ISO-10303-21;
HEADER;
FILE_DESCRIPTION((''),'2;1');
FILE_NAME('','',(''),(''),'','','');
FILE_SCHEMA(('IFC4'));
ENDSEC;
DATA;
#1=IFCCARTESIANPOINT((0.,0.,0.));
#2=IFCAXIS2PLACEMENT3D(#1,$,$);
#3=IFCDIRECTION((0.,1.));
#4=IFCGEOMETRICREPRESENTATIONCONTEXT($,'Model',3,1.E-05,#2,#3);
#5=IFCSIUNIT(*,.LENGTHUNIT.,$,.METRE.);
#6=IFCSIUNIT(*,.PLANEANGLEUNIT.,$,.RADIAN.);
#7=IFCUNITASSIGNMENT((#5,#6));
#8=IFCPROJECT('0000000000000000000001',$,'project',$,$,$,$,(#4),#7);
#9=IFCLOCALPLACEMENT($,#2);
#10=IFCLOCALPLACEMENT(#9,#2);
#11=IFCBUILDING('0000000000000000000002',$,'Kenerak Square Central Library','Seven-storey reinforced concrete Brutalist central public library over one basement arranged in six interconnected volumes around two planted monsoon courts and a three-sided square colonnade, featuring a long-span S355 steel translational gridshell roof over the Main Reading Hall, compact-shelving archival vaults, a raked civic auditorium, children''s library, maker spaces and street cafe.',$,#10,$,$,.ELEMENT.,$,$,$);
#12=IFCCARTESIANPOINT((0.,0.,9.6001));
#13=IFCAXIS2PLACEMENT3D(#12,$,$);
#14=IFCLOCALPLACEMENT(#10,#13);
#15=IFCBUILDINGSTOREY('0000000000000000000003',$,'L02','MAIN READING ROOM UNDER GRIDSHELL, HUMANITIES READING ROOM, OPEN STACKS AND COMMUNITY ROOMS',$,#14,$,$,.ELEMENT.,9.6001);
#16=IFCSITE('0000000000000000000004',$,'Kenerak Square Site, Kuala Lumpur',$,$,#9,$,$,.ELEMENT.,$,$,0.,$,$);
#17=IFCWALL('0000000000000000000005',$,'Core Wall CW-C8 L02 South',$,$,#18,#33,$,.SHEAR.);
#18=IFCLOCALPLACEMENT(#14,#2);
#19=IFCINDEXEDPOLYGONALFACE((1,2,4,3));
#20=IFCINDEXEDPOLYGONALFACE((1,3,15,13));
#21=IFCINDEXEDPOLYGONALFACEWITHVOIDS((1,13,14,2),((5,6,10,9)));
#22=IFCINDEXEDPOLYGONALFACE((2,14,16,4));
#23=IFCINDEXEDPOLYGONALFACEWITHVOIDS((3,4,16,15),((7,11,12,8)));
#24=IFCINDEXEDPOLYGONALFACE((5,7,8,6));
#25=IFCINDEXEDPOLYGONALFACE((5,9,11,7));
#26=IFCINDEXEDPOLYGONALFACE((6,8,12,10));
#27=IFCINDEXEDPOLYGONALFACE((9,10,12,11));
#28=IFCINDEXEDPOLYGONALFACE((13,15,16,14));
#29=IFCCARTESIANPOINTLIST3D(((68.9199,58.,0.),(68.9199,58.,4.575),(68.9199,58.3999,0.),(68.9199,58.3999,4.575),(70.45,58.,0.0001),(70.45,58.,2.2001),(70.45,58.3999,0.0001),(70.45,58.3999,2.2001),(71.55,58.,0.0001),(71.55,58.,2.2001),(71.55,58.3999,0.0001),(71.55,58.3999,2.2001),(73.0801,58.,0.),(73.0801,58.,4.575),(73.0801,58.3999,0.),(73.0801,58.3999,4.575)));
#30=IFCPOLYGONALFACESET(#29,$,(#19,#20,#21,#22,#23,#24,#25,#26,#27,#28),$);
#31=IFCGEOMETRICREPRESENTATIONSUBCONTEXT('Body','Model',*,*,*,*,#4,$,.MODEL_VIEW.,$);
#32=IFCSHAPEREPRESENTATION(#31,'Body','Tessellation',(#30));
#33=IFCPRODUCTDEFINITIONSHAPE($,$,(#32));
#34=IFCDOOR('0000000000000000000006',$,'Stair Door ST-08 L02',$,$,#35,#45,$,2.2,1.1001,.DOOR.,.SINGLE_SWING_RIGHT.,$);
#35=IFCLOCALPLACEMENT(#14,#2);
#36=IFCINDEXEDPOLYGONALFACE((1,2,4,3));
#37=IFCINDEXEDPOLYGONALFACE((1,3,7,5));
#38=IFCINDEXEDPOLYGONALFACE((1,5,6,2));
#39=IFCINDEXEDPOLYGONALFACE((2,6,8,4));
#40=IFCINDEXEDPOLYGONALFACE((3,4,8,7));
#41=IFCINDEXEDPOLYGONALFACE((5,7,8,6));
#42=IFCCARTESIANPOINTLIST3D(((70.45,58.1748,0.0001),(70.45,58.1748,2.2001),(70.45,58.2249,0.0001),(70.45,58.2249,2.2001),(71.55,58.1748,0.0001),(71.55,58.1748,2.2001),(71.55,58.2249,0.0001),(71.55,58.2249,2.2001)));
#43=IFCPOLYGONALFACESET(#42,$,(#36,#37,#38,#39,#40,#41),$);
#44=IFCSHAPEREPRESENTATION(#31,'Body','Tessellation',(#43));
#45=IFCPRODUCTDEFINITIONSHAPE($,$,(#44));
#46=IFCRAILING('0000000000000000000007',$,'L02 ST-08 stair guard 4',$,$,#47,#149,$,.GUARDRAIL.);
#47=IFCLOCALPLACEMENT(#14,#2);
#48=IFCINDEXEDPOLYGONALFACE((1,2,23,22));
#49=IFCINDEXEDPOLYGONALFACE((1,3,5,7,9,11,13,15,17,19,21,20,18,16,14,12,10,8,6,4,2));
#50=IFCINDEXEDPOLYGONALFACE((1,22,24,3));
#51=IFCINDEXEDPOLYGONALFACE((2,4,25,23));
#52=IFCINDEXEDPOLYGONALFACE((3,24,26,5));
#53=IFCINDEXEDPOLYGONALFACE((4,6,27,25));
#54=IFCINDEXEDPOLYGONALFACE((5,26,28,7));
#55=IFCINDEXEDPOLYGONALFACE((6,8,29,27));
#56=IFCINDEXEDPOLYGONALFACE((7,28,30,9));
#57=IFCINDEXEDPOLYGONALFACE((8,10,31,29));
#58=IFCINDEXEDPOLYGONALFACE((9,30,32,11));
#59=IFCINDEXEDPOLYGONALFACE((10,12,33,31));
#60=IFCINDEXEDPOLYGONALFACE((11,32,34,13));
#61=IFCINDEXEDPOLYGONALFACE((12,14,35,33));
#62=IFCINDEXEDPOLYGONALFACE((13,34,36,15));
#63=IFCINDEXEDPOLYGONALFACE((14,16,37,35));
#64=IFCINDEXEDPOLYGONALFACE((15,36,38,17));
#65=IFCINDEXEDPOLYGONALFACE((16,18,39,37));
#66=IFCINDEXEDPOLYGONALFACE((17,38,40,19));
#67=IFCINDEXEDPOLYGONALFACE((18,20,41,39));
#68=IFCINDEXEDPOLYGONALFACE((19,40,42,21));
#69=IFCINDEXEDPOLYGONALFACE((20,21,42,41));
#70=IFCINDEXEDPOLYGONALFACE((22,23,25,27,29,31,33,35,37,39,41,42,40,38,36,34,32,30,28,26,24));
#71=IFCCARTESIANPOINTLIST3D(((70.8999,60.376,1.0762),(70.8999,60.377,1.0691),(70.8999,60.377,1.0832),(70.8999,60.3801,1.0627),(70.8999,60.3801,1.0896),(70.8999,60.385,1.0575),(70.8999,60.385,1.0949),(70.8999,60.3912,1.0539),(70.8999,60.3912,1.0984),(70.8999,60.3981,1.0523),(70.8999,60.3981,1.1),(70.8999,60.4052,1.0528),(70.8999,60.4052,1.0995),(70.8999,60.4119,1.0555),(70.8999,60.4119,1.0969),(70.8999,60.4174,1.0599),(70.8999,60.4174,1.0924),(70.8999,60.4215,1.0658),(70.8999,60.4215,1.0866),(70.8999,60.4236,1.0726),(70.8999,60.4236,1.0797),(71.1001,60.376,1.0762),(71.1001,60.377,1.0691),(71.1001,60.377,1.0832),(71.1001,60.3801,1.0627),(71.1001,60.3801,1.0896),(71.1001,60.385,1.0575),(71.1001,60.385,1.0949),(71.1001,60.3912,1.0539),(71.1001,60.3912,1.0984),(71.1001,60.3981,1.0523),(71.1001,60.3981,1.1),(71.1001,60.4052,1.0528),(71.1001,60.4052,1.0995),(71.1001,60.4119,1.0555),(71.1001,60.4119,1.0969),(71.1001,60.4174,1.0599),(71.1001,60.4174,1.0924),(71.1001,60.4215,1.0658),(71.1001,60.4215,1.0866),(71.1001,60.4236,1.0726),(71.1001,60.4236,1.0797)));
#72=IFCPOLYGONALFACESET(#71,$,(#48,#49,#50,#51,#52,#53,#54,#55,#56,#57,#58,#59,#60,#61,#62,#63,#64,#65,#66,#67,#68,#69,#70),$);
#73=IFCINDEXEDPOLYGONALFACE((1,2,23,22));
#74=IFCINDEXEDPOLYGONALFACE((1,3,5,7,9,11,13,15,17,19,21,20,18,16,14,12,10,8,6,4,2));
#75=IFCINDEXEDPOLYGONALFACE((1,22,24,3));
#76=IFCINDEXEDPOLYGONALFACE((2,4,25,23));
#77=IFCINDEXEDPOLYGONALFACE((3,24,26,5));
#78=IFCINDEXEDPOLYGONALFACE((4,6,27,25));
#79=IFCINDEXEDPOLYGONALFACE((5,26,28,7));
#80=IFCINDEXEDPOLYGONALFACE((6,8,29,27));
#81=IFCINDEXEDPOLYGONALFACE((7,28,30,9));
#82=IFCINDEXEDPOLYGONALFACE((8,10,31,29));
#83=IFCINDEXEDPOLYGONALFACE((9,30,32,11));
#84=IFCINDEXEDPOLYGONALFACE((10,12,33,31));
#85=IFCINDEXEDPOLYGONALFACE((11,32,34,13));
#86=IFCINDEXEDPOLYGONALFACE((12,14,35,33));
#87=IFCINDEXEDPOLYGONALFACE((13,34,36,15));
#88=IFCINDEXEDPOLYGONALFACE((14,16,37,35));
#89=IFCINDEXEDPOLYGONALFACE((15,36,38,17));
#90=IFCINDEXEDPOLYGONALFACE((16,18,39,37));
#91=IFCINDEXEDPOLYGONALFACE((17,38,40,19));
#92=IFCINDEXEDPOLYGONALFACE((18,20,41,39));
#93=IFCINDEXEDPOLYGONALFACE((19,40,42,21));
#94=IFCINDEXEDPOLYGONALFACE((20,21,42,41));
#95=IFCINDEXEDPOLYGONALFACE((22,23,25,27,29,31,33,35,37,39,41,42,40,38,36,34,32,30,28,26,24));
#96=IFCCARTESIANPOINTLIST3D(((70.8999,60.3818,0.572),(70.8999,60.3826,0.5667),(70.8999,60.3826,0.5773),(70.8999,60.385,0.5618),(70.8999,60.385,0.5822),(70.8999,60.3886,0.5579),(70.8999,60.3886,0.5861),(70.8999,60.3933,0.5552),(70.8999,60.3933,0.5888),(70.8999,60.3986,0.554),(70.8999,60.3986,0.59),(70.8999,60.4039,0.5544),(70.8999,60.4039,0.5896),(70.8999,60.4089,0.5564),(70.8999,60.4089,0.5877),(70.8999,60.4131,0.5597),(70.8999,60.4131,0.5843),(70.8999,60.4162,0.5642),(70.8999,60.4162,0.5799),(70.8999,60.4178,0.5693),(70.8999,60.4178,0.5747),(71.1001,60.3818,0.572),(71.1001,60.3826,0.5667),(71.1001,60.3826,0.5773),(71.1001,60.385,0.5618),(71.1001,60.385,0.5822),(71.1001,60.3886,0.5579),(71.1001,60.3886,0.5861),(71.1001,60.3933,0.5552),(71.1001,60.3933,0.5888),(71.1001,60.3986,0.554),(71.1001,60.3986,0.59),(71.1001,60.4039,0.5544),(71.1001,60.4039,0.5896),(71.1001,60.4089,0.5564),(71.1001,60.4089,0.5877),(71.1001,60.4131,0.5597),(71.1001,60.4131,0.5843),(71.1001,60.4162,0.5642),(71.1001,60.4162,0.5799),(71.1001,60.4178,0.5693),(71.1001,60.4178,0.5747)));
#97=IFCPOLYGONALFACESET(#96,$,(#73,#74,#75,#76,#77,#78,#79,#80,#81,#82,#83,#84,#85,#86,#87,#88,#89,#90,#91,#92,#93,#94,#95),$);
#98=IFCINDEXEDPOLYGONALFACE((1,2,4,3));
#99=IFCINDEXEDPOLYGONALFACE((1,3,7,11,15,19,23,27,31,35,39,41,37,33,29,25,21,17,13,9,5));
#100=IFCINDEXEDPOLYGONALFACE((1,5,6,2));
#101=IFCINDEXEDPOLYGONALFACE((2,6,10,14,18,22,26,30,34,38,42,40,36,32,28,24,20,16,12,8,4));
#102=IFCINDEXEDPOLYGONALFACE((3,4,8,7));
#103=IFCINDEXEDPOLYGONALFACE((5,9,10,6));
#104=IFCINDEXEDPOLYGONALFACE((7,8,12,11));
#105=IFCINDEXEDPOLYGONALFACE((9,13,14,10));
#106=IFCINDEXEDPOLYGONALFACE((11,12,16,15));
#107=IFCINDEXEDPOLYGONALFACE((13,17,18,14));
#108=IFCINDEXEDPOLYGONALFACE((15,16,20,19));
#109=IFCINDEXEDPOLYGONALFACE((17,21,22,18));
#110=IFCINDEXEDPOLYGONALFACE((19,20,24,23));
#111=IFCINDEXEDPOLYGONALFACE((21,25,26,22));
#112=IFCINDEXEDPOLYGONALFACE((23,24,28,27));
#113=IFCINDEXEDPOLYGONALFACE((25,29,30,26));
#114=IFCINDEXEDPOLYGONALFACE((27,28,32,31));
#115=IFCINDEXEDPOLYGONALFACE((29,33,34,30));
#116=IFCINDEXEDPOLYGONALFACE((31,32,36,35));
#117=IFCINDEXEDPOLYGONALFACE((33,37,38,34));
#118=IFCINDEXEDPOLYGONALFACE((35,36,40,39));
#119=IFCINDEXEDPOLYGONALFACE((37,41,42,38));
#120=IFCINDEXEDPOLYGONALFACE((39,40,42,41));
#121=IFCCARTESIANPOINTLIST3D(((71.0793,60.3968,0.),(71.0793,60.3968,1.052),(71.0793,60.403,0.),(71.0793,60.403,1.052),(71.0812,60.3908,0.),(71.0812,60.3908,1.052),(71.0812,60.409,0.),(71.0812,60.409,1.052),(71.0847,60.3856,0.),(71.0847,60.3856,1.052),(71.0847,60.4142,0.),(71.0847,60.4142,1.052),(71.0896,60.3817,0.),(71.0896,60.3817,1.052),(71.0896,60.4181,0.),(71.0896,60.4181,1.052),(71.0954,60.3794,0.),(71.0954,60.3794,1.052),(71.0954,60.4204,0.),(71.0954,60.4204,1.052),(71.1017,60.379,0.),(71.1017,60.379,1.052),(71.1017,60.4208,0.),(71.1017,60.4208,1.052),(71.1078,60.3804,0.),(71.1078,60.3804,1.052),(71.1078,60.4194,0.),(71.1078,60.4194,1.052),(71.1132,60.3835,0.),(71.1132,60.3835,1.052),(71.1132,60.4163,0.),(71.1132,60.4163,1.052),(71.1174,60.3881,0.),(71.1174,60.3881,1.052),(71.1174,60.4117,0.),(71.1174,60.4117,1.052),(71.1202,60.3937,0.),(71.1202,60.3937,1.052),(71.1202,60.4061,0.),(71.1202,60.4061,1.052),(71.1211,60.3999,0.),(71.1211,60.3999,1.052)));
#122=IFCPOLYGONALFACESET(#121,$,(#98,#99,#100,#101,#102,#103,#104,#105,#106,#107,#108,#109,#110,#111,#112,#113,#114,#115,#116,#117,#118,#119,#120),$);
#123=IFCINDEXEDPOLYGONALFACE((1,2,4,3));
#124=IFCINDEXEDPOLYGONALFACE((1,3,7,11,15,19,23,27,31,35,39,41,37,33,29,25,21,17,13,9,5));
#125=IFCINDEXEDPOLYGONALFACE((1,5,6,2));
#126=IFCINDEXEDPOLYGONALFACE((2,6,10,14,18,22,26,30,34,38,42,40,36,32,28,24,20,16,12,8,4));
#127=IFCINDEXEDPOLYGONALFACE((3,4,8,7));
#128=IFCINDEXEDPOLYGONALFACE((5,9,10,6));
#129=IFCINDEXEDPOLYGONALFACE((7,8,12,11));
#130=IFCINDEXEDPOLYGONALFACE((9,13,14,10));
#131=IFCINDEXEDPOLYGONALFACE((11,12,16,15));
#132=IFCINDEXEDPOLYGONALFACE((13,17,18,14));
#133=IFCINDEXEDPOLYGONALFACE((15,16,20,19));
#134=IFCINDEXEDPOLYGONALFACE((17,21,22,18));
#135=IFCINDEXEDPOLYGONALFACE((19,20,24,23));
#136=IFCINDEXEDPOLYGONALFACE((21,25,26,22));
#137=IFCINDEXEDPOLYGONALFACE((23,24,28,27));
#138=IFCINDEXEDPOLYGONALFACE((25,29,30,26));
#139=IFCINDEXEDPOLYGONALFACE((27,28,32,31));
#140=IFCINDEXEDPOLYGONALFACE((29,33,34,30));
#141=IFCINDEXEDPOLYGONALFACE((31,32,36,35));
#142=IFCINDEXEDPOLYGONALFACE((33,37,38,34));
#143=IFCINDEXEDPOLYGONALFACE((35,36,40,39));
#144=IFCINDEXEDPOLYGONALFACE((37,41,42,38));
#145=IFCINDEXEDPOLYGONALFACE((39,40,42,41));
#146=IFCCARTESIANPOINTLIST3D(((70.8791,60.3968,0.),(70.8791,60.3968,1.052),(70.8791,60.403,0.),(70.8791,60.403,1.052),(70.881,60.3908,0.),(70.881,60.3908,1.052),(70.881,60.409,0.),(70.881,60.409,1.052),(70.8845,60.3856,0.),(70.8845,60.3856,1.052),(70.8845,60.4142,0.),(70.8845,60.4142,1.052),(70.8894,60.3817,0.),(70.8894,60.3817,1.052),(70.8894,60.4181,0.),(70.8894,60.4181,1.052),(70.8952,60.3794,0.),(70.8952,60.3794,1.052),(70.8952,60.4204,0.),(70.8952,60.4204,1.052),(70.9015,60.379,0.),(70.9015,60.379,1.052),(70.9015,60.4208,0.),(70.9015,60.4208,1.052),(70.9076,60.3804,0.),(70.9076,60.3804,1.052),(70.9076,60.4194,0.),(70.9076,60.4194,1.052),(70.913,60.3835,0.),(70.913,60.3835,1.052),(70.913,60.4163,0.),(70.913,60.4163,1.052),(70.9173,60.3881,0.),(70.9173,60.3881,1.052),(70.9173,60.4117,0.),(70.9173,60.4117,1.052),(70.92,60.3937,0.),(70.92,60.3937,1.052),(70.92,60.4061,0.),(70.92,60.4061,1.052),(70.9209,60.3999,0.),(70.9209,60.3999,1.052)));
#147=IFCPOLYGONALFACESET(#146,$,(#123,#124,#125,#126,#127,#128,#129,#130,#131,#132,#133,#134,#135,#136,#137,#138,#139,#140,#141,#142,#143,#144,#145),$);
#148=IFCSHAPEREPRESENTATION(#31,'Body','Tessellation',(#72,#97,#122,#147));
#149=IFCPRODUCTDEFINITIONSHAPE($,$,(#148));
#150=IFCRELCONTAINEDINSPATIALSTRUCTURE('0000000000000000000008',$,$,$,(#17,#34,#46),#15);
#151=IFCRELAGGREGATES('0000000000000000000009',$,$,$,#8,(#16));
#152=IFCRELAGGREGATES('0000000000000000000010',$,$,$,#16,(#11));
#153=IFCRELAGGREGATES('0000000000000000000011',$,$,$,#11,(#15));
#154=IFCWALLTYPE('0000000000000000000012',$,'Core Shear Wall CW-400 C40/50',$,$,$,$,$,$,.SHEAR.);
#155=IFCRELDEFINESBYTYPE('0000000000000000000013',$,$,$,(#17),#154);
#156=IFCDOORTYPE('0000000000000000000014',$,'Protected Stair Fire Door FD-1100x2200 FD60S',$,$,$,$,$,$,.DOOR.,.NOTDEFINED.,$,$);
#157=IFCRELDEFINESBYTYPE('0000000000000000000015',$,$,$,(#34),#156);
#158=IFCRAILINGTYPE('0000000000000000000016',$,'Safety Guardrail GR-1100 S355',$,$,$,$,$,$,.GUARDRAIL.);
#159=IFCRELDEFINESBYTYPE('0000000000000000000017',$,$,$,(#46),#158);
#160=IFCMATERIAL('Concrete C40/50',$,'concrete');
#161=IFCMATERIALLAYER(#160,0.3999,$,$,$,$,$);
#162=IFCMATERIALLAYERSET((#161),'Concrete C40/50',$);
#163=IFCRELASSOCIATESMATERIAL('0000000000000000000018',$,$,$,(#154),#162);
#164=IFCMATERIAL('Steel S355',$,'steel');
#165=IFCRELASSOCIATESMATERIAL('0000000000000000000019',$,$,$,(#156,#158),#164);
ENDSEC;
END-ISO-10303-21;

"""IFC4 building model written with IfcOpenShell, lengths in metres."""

from ifc_helpers import new_model, si_unit, direction, frame, frame_2d, origin, origin_2d, place, context, subcontext, project, spatial, rectangle, circle, extrude, material, layer, layer_set, type_object, element, fill, save


model = new_model("IFC4")

# Units and contexts
model_context = context("Model", 3, precision=1e-05, world=origin(), true_north=direction((0.0, 1.0)))
body_context = subcontext(model_context, "Body", "Model", "MODEL_VIEW")
ifc_project = project(units=[si_unit("LENGTHUNIT", "METRE"), si_unit("PLANEANGLEUNIT", "RADIAN")], contexts=[model_context])

# Site, building, storey
site_placement = place(None, origin())
site = spatial("IfcSite", under=ifc_project, at=site_placement, Name="Kenerak Square Site, Kuala Lumpur", CompositionType="ELEMENT", RefElevation=0.0)
building_placement = place(site_placement, origin())
building = spatial("IfcBuilding", under=site, at=building_placement, Name="Kenerak Square Central Library", Description="Seven-storey reinforced concrete Brutalist central public library over one basement arranged in six interconnected volumes around two planted monsoon courts and a three-sided square colonnade, featuring a long-span S355 steel translational gridshell roof over the Main Reading Hall, compact-shelving archival vaults, a raked civic auditorium, children's library, maker spaces and street cafe.", CompositionType="ELEMENT")
storey_placement = place(building_placement, frame((0.0, 0.0, 9.6001)))
storey = spatial("IfcBuildingStorey", under=building, at=storey_placement, Name="L02", Description="MAIN READING ROOM UNDER GRIDSHELL, HUMANITIES READING ROOM, OPEN STACKS AND COMMUNITY ROOMS", CompositionType="ELEMENT", Elevation=9.6001)

# Shared definitions
ifc_material_1 = material(Name="Concrete C40/50", Category="concrete")

# Shared definitions
ifc_layer = layer(ifc_material_1, 0.3999)
ifc_layer_set = layer_set([ifc_layer], Name="Concrete C40/50")
wall_type = type_object("IfcWallType", Name="Core Shear Wall CW-400 C40/50", PredefinedType="SHEAR", material=ifc_layer_set)

# Wall, opening, door
wall_1_placement = place(storey_placement, frame((73.0801, 58.2, 0.0), z_axis=(0.0, 0.0, 1.0), x_axis=(-1.0, 0.0, 0.0)))
wall_1 = element("IfcWall", 1, at=wall_1_placement, inside=storey, type_object=wall_type, Name="Core Wall CW-C8 L02 South", PredefinedType="SHEAR", context=body_context, shape_type="SweptSolid", body=[
    extrude(rectangle(XDim=4.1602, YDim=0.3999, at=frame_2d((2.0801, 0.0))), origin(), (0.0, 0.0, 1.0), 4.575),
])
opening_placement = place(wall_1_placement, frame((1.53, 0.0, 0.0)))
opening = element("IfcOpeningElement", 2, at=opening_placement, cuts=wall_1, PredefinedType="OPENING", context=body_context, shape_type="SweptSolid", body=[
    extrude(rectangle(XDim=1.1001, YDim=2.2, at=frame_2d((0.55, 1.1001))), frame((0.0, 0.21, 0.0), z_axis=(0.0, -1.0, 0.0), x_axis=(1.0, 0.0, 0.0)), (0.0, 0.0, 1.0), 0.4199),
])
ifc_material_2 = material(Name="Steel S355", Category="steel")
door_type = type_object("IfcDoorType", Name="Protected Stair Fire Door FD-1100x2200 FD60S", OperationType="NOTDEFINED", PredefinedType="DOOR", material=ifc_material_2)
door_placement = place(opening_placement, frame((1.1001, 0.0, 0.0), z_axis=(0.0, 0.0, 1.0), x_axis=(-1.0, 0.0, 0.0)))
door = element("IfcDoor", 3, at=door_placement, inside=storey, type_object=door_type, Name="Stair Door ST-08 L02", OperationType="SINGLE_SWING_RIGHT", OverallHeight=2.2, OverallWidth=1.1001, PredefinedType="DOOR", context=body_context, shape_type="SweptSolid", body=[
    extrude(rectangle(XDim=1.1001, YDim=2.2, at=frame_2d((0.55, 1.1001))), frame((0.0, 0.0249, 0.0), z_axis=(0.0, -1.0, 0.0), x_axis=(1.0, 0.0, 0.0)), (0.0, 0.0, 1.0), 0.05),
])
fill(opening, door)

# Railing
railing_type_1 = type_object("IfcRailingType", Name="Safety Guardrail GR-1100 S355", PredefinedType="GUARDRAIL", material=ifc_material_2)
railing_1_placement = place(storey_placement, frame((71.1001, 60.3999, 0.0)))
element("IfcRailing", 4, at=railing_1_placement, inside=storey, type_object=railing_type_1, Name="L02 ST-08 stair guard 4", PredefinedType="GUARDRAIL", context=body_context, shape_type="SweptSolid", body=[
    extrude(circle(Radius=0.0239, at=origin_2d()), frame((0.0, 0.0, 1.0762), z_axis=(-1.0, 0.0, 0.0), x_axis=(0.0, -1.0, 0.0)), (0.0, 0.0, 1.0), 0.2002),
    extrude(circle(Radius=0.0181, at=origin_2d()), frame((0.0, 0.0, 0.572), z_axis=(-1.0, 0.0, 0.0), x_axis=(0.0, -1.0, 0.0)), (0.0, 0.0, 1.0), 0.2002),
    extrude(circle(Radius=0.021, at=origin_2d()), origin(), (0.0, 0.0, 1.0), 1.052),
    extrude(circle(Radius=0.021, at=origin_2d()), frame((-0.2002, 0.0, 0.0)), (0.0, 0.0, 1.0), 1.052),
])

save(model, "model.ifc")
